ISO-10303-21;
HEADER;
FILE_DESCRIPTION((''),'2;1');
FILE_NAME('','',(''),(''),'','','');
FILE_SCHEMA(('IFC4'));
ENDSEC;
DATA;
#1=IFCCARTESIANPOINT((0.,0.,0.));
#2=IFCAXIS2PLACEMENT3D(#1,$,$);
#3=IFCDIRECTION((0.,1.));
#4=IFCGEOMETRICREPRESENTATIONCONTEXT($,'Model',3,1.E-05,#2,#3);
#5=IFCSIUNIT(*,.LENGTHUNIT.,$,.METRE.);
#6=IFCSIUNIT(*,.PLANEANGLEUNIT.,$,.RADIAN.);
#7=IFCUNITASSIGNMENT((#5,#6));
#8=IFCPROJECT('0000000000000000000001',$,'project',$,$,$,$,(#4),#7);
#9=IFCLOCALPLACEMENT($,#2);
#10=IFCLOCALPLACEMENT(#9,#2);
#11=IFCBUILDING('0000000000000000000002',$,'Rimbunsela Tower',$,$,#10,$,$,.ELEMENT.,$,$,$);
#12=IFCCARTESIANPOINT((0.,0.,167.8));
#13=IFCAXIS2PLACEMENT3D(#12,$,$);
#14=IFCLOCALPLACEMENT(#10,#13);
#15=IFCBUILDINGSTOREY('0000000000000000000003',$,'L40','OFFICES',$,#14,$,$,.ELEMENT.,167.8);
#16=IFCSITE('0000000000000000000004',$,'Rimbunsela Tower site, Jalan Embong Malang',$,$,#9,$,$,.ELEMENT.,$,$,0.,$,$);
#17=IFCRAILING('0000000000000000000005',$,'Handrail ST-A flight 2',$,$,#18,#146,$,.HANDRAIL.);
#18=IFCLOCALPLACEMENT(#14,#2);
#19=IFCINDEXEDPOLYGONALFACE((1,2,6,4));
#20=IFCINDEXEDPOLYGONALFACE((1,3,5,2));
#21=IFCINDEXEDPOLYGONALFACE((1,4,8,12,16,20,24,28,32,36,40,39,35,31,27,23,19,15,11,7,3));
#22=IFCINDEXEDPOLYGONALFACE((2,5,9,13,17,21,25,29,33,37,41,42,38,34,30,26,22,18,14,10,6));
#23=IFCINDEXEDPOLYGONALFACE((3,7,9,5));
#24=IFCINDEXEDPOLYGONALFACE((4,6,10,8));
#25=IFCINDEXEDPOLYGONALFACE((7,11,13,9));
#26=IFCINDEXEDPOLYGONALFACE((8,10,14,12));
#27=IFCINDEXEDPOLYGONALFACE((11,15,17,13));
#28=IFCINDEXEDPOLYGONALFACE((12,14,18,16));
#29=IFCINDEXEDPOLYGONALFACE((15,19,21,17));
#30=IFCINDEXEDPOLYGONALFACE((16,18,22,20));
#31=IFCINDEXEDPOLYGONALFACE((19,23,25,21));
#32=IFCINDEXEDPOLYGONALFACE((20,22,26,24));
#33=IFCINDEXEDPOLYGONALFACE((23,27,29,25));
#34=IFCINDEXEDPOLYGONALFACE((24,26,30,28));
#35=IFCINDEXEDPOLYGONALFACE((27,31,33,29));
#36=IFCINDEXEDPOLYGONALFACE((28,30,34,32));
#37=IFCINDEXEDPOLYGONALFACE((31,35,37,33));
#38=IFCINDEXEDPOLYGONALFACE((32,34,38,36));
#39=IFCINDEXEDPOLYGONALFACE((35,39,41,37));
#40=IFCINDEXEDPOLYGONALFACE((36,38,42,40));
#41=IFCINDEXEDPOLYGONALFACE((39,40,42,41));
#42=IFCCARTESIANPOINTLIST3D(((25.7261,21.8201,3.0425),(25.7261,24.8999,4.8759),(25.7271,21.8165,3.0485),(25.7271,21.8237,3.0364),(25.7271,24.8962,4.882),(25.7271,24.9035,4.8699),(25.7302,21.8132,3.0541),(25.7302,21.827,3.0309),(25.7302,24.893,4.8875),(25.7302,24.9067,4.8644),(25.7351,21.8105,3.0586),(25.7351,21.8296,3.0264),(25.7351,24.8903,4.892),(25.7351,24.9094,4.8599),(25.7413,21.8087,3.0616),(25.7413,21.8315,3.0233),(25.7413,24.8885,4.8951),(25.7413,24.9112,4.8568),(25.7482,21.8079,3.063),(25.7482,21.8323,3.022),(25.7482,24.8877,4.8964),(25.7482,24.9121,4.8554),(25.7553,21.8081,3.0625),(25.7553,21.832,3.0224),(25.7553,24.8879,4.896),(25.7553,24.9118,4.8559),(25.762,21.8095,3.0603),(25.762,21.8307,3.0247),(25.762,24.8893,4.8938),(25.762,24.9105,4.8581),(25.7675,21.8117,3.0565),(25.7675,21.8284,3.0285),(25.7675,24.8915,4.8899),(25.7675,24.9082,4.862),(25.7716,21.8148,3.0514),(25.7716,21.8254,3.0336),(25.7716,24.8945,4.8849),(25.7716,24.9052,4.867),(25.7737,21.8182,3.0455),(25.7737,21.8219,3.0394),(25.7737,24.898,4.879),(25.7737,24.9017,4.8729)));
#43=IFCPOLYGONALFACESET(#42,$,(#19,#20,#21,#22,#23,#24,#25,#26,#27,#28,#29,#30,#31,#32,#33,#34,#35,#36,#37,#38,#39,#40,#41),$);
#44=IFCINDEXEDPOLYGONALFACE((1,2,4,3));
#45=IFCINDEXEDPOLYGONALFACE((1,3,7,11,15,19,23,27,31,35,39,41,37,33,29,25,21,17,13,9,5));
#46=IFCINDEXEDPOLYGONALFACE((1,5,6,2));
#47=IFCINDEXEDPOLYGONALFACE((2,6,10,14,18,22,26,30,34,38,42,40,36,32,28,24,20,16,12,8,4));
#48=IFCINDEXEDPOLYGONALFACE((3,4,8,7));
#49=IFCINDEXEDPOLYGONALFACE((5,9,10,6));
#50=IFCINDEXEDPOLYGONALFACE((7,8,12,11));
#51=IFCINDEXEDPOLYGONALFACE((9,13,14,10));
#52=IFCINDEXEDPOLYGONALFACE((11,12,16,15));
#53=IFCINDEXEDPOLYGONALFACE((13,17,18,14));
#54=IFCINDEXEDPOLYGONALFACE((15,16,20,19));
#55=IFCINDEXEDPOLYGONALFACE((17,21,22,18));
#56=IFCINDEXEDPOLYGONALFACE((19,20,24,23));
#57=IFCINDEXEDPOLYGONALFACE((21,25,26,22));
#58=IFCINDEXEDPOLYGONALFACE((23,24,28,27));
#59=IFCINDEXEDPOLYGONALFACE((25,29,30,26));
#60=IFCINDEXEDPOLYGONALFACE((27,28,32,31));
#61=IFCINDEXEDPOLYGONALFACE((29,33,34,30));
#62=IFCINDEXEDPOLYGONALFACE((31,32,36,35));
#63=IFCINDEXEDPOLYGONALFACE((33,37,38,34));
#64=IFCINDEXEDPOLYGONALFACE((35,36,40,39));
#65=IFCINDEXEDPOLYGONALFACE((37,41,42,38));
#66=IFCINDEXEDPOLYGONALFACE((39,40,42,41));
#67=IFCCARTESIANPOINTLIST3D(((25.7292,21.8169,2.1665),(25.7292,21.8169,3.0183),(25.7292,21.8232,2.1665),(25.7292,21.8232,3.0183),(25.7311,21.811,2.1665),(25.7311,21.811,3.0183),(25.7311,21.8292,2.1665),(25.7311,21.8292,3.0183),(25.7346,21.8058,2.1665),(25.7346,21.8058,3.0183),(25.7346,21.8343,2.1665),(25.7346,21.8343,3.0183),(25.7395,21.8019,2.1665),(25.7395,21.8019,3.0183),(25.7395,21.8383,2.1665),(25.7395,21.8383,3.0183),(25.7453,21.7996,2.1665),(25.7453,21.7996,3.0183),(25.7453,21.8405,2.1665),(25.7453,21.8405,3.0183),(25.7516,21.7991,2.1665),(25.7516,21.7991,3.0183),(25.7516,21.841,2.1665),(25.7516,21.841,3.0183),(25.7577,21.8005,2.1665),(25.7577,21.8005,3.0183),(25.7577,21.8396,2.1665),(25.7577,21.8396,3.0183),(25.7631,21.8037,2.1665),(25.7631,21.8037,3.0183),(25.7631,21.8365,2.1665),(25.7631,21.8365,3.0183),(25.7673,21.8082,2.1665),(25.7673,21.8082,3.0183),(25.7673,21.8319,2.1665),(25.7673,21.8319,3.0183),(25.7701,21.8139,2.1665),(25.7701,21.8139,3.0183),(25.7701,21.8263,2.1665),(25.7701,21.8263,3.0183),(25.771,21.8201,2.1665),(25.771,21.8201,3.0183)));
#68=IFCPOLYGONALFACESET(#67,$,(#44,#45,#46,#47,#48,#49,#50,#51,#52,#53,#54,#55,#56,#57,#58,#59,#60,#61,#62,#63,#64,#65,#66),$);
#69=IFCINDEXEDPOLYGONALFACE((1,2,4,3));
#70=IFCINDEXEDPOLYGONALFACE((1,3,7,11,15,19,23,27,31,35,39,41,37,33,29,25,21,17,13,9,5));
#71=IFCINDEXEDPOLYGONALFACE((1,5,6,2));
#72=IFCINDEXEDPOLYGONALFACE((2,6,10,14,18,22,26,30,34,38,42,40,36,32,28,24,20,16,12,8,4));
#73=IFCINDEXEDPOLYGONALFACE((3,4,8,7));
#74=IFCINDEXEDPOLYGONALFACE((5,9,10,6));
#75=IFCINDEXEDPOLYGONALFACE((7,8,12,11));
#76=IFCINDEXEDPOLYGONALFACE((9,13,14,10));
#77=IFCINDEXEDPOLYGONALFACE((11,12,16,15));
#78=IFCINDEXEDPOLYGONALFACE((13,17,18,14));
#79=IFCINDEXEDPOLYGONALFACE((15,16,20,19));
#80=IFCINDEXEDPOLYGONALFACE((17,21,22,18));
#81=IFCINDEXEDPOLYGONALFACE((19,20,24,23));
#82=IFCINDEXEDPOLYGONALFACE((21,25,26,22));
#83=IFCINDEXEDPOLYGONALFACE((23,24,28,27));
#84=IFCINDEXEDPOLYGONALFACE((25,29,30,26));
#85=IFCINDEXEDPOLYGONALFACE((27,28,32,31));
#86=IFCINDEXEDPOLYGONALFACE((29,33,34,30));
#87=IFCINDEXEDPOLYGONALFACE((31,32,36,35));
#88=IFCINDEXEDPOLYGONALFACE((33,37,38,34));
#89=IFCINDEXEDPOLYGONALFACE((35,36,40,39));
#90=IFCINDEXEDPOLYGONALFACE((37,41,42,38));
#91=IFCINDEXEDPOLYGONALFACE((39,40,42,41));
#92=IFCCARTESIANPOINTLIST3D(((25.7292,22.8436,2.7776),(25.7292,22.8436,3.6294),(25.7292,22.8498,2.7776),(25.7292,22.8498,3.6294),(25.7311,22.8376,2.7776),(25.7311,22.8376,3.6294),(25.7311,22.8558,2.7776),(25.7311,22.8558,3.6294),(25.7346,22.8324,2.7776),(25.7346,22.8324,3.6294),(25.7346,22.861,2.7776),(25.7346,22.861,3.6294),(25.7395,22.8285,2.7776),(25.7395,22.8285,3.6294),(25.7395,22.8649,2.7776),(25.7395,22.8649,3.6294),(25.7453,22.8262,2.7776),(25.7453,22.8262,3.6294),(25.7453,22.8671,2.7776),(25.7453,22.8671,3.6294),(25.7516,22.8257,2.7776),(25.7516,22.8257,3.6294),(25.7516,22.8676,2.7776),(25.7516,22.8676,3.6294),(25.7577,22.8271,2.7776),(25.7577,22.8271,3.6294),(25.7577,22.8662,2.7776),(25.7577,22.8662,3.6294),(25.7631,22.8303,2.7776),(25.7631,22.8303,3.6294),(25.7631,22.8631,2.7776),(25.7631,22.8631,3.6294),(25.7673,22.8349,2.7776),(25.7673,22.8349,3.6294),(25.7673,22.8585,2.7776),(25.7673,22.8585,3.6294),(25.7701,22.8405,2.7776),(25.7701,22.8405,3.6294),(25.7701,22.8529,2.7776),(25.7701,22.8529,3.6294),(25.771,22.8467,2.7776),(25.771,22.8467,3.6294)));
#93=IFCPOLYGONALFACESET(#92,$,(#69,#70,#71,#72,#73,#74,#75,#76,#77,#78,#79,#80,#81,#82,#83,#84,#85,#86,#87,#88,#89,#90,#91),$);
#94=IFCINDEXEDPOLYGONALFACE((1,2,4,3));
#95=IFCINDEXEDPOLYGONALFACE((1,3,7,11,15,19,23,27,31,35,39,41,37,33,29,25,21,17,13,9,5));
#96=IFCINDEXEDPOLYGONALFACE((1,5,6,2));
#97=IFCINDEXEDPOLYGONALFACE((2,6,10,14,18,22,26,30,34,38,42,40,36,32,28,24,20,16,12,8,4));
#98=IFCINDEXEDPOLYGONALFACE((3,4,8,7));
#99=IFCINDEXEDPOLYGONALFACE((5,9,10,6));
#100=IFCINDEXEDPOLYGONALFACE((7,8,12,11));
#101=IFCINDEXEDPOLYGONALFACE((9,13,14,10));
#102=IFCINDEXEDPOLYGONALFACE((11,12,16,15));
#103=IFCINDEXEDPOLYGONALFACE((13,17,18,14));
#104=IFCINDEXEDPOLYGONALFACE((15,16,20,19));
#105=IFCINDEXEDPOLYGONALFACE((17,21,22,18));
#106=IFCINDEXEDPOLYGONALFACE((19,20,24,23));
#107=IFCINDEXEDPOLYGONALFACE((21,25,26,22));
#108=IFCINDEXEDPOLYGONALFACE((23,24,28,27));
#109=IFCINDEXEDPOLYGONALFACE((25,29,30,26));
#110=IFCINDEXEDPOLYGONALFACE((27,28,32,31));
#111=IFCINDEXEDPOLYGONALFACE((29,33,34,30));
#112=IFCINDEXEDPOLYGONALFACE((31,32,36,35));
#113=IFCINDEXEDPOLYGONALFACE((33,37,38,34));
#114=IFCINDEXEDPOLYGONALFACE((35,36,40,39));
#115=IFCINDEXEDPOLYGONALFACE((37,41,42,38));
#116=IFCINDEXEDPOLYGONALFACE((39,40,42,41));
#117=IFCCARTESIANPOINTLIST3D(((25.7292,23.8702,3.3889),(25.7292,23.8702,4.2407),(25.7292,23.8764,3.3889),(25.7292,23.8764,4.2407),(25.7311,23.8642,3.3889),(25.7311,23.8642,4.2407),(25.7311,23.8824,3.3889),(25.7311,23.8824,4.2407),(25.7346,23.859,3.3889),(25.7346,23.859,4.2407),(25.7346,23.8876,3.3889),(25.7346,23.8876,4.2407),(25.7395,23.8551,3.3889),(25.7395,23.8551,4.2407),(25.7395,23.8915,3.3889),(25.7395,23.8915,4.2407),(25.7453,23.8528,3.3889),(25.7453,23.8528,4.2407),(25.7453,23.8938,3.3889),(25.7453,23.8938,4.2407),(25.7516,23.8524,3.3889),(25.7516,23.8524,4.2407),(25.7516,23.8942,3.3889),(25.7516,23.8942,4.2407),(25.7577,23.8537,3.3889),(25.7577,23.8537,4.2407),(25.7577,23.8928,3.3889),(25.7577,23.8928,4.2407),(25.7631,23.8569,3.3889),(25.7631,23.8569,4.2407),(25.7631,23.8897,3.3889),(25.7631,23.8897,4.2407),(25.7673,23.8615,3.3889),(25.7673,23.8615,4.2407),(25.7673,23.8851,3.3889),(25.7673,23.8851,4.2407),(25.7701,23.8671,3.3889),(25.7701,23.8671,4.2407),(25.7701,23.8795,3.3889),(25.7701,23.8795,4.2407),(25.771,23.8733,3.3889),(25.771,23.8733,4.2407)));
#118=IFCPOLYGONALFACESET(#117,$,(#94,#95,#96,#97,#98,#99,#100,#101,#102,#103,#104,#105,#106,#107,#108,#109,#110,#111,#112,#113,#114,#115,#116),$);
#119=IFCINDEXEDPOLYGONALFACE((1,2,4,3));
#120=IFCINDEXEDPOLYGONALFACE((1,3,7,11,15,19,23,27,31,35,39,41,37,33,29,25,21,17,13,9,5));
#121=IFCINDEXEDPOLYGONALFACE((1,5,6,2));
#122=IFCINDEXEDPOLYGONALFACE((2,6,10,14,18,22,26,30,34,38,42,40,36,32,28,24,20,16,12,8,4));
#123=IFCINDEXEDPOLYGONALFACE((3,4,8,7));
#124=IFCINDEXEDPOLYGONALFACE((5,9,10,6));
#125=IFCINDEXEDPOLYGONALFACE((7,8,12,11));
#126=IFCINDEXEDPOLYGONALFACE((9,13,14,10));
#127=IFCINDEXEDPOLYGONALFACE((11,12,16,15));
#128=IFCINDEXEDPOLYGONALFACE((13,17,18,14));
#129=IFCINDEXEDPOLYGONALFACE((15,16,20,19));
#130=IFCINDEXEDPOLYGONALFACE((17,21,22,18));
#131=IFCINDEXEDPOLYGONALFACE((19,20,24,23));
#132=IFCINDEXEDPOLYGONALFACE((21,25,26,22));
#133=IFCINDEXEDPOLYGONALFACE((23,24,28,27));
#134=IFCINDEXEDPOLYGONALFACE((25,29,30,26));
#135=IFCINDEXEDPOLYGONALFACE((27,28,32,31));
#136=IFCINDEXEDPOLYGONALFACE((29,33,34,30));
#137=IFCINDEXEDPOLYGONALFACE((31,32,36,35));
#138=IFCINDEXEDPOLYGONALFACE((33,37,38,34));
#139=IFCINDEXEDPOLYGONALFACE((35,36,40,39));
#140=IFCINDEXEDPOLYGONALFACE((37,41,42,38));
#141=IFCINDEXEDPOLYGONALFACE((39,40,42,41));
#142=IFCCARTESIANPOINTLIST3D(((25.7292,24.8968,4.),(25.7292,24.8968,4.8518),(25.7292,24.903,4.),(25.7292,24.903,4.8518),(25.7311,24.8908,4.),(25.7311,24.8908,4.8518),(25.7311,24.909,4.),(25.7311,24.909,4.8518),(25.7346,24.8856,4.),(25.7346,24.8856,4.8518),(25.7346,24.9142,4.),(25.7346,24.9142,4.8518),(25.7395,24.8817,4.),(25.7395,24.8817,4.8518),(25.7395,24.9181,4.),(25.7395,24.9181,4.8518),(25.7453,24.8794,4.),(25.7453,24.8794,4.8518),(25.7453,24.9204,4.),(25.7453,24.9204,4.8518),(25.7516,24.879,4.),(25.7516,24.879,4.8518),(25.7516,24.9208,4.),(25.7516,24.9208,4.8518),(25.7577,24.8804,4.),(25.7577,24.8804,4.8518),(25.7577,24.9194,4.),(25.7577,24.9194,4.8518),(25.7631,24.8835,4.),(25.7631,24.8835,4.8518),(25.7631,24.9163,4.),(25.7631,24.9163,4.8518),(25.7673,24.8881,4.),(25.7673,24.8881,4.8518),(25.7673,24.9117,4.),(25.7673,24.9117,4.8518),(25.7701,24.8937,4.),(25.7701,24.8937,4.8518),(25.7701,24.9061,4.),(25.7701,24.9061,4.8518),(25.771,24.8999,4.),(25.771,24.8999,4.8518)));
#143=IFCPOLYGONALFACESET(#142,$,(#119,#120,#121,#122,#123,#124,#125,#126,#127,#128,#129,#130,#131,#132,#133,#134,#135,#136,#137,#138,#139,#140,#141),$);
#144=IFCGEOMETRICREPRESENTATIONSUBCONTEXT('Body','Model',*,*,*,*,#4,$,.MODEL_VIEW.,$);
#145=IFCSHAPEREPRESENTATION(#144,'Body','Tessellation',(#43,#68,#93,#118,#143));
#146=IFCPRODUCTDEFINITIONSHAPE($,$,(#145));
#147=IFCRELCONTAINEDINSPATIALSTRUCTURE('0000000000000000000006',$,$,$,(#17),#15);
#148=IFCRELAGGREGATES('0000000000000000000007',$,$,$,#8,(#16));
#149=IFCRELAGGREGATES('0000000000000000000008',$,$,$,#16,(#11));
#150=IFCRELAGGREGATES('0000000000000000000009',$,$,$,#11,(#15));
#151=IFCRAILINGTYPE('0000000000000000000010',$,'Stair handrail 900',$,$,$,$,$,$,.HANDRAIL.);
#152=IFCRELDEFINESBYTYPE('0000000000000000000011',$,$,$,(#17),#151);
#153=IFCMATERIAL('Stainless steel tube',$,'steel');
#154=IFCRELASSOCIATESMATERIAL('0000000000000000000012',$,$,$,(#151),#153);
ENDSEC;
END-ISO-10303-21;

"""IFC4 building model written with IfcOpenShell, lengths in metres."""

from ifc_helpers import new_model, si_unit, direction, frame, origin, origin_2d, place, context, subcontext, project, spatial, circle, extrude, material, type_object, element, save


model = new_model("IFC4")

# Units and contexts
model_context = context("Model", 3, precision=1e-05, world=origin(), true_north=direction((0.0, 1.0)))
body_context = subcontext(model_context, "Body", "Model", "MODEL_VIEW")
ifc_project = project(units=[si_unit("LENGTHUNIT", "METRE"), si_unit("PLANEANGLEUNIT", "RADIAN")], contexts=[model_context])

# Site, building, storey
site_placement = place(None, origin())
site = spatial("IfcSite", under=ifc_project, at=site_placement, Name="Rimbunsela Tower site, Jalan Embong Malang", CompositionType="ELEMENT", RefElevation=0.0)
building_placement = place(site_placement, origin())
building = spatial("IfcBuilding", under=site, at=building_placement, Name="Rimbunsela Tower", CompositionType="ELEMENT")
storey_placement = place(building_placement, frame((0.0, 0.0, 167.8)))
storey = spatial("IfcBuildingStorey", under=building, at=storey_placement, Name="L40", Description="OFFICES", CompositionType="ELEMENT", Elevation=167.8)

# Railing
ifc_material_1 = material(Name="Stainless steel tube", Category="steel")
railing_type = type_object("IfcRailingType", Name="Stair handrail 900", PredefinedType="HANDRAIL", material=ifc_material_1)
for number, where, name in (
    (1, (25.75, 21.8201, 2.1665), "Handrail ST-A flight 2"),
):
    element("IfcRailing", number, at=place(storey_placement, frame(where)), inside=storey, type_object=railing_type, Name=name, PredefinedType="HANDRAIL", context=body_context, shape_type="SweptSolid", body=[
        extrude(circle(Radius=0.0239, at=origin_2d()), frame((0.0, 0.0, 0.876), z_axis=(0.0, 0.859261, 0.511538), x_axis=(-1.0, 0.0, 0.0)), (0.0, 0.0, 1.0), 3.5842),
        extrude(circle(Radius=0.021, at=origin_2d()), origin(), (0.0, 0.0, 1.0), 0.8518),
        extrude(circle(Radius=0.021, at=origin_2d()), frame((0.0, 1.0266, 0.6111)), (0.0, 0.0, 1.0), 0.8518),
        extrude(circle(Radius=0.021, at=origin_2d()), frame((0.0, 2.0532, 1.2224)), (0.0, 0.0, 1.0), 0.8518),
        extrude(circle(Radius=0.021, at=origin_2d()), frame((0.0, 3.0798, 1.8335)), (0.0, 0.0, 1.0), 0.8518),
    ])

save(model, "model.ifc")
